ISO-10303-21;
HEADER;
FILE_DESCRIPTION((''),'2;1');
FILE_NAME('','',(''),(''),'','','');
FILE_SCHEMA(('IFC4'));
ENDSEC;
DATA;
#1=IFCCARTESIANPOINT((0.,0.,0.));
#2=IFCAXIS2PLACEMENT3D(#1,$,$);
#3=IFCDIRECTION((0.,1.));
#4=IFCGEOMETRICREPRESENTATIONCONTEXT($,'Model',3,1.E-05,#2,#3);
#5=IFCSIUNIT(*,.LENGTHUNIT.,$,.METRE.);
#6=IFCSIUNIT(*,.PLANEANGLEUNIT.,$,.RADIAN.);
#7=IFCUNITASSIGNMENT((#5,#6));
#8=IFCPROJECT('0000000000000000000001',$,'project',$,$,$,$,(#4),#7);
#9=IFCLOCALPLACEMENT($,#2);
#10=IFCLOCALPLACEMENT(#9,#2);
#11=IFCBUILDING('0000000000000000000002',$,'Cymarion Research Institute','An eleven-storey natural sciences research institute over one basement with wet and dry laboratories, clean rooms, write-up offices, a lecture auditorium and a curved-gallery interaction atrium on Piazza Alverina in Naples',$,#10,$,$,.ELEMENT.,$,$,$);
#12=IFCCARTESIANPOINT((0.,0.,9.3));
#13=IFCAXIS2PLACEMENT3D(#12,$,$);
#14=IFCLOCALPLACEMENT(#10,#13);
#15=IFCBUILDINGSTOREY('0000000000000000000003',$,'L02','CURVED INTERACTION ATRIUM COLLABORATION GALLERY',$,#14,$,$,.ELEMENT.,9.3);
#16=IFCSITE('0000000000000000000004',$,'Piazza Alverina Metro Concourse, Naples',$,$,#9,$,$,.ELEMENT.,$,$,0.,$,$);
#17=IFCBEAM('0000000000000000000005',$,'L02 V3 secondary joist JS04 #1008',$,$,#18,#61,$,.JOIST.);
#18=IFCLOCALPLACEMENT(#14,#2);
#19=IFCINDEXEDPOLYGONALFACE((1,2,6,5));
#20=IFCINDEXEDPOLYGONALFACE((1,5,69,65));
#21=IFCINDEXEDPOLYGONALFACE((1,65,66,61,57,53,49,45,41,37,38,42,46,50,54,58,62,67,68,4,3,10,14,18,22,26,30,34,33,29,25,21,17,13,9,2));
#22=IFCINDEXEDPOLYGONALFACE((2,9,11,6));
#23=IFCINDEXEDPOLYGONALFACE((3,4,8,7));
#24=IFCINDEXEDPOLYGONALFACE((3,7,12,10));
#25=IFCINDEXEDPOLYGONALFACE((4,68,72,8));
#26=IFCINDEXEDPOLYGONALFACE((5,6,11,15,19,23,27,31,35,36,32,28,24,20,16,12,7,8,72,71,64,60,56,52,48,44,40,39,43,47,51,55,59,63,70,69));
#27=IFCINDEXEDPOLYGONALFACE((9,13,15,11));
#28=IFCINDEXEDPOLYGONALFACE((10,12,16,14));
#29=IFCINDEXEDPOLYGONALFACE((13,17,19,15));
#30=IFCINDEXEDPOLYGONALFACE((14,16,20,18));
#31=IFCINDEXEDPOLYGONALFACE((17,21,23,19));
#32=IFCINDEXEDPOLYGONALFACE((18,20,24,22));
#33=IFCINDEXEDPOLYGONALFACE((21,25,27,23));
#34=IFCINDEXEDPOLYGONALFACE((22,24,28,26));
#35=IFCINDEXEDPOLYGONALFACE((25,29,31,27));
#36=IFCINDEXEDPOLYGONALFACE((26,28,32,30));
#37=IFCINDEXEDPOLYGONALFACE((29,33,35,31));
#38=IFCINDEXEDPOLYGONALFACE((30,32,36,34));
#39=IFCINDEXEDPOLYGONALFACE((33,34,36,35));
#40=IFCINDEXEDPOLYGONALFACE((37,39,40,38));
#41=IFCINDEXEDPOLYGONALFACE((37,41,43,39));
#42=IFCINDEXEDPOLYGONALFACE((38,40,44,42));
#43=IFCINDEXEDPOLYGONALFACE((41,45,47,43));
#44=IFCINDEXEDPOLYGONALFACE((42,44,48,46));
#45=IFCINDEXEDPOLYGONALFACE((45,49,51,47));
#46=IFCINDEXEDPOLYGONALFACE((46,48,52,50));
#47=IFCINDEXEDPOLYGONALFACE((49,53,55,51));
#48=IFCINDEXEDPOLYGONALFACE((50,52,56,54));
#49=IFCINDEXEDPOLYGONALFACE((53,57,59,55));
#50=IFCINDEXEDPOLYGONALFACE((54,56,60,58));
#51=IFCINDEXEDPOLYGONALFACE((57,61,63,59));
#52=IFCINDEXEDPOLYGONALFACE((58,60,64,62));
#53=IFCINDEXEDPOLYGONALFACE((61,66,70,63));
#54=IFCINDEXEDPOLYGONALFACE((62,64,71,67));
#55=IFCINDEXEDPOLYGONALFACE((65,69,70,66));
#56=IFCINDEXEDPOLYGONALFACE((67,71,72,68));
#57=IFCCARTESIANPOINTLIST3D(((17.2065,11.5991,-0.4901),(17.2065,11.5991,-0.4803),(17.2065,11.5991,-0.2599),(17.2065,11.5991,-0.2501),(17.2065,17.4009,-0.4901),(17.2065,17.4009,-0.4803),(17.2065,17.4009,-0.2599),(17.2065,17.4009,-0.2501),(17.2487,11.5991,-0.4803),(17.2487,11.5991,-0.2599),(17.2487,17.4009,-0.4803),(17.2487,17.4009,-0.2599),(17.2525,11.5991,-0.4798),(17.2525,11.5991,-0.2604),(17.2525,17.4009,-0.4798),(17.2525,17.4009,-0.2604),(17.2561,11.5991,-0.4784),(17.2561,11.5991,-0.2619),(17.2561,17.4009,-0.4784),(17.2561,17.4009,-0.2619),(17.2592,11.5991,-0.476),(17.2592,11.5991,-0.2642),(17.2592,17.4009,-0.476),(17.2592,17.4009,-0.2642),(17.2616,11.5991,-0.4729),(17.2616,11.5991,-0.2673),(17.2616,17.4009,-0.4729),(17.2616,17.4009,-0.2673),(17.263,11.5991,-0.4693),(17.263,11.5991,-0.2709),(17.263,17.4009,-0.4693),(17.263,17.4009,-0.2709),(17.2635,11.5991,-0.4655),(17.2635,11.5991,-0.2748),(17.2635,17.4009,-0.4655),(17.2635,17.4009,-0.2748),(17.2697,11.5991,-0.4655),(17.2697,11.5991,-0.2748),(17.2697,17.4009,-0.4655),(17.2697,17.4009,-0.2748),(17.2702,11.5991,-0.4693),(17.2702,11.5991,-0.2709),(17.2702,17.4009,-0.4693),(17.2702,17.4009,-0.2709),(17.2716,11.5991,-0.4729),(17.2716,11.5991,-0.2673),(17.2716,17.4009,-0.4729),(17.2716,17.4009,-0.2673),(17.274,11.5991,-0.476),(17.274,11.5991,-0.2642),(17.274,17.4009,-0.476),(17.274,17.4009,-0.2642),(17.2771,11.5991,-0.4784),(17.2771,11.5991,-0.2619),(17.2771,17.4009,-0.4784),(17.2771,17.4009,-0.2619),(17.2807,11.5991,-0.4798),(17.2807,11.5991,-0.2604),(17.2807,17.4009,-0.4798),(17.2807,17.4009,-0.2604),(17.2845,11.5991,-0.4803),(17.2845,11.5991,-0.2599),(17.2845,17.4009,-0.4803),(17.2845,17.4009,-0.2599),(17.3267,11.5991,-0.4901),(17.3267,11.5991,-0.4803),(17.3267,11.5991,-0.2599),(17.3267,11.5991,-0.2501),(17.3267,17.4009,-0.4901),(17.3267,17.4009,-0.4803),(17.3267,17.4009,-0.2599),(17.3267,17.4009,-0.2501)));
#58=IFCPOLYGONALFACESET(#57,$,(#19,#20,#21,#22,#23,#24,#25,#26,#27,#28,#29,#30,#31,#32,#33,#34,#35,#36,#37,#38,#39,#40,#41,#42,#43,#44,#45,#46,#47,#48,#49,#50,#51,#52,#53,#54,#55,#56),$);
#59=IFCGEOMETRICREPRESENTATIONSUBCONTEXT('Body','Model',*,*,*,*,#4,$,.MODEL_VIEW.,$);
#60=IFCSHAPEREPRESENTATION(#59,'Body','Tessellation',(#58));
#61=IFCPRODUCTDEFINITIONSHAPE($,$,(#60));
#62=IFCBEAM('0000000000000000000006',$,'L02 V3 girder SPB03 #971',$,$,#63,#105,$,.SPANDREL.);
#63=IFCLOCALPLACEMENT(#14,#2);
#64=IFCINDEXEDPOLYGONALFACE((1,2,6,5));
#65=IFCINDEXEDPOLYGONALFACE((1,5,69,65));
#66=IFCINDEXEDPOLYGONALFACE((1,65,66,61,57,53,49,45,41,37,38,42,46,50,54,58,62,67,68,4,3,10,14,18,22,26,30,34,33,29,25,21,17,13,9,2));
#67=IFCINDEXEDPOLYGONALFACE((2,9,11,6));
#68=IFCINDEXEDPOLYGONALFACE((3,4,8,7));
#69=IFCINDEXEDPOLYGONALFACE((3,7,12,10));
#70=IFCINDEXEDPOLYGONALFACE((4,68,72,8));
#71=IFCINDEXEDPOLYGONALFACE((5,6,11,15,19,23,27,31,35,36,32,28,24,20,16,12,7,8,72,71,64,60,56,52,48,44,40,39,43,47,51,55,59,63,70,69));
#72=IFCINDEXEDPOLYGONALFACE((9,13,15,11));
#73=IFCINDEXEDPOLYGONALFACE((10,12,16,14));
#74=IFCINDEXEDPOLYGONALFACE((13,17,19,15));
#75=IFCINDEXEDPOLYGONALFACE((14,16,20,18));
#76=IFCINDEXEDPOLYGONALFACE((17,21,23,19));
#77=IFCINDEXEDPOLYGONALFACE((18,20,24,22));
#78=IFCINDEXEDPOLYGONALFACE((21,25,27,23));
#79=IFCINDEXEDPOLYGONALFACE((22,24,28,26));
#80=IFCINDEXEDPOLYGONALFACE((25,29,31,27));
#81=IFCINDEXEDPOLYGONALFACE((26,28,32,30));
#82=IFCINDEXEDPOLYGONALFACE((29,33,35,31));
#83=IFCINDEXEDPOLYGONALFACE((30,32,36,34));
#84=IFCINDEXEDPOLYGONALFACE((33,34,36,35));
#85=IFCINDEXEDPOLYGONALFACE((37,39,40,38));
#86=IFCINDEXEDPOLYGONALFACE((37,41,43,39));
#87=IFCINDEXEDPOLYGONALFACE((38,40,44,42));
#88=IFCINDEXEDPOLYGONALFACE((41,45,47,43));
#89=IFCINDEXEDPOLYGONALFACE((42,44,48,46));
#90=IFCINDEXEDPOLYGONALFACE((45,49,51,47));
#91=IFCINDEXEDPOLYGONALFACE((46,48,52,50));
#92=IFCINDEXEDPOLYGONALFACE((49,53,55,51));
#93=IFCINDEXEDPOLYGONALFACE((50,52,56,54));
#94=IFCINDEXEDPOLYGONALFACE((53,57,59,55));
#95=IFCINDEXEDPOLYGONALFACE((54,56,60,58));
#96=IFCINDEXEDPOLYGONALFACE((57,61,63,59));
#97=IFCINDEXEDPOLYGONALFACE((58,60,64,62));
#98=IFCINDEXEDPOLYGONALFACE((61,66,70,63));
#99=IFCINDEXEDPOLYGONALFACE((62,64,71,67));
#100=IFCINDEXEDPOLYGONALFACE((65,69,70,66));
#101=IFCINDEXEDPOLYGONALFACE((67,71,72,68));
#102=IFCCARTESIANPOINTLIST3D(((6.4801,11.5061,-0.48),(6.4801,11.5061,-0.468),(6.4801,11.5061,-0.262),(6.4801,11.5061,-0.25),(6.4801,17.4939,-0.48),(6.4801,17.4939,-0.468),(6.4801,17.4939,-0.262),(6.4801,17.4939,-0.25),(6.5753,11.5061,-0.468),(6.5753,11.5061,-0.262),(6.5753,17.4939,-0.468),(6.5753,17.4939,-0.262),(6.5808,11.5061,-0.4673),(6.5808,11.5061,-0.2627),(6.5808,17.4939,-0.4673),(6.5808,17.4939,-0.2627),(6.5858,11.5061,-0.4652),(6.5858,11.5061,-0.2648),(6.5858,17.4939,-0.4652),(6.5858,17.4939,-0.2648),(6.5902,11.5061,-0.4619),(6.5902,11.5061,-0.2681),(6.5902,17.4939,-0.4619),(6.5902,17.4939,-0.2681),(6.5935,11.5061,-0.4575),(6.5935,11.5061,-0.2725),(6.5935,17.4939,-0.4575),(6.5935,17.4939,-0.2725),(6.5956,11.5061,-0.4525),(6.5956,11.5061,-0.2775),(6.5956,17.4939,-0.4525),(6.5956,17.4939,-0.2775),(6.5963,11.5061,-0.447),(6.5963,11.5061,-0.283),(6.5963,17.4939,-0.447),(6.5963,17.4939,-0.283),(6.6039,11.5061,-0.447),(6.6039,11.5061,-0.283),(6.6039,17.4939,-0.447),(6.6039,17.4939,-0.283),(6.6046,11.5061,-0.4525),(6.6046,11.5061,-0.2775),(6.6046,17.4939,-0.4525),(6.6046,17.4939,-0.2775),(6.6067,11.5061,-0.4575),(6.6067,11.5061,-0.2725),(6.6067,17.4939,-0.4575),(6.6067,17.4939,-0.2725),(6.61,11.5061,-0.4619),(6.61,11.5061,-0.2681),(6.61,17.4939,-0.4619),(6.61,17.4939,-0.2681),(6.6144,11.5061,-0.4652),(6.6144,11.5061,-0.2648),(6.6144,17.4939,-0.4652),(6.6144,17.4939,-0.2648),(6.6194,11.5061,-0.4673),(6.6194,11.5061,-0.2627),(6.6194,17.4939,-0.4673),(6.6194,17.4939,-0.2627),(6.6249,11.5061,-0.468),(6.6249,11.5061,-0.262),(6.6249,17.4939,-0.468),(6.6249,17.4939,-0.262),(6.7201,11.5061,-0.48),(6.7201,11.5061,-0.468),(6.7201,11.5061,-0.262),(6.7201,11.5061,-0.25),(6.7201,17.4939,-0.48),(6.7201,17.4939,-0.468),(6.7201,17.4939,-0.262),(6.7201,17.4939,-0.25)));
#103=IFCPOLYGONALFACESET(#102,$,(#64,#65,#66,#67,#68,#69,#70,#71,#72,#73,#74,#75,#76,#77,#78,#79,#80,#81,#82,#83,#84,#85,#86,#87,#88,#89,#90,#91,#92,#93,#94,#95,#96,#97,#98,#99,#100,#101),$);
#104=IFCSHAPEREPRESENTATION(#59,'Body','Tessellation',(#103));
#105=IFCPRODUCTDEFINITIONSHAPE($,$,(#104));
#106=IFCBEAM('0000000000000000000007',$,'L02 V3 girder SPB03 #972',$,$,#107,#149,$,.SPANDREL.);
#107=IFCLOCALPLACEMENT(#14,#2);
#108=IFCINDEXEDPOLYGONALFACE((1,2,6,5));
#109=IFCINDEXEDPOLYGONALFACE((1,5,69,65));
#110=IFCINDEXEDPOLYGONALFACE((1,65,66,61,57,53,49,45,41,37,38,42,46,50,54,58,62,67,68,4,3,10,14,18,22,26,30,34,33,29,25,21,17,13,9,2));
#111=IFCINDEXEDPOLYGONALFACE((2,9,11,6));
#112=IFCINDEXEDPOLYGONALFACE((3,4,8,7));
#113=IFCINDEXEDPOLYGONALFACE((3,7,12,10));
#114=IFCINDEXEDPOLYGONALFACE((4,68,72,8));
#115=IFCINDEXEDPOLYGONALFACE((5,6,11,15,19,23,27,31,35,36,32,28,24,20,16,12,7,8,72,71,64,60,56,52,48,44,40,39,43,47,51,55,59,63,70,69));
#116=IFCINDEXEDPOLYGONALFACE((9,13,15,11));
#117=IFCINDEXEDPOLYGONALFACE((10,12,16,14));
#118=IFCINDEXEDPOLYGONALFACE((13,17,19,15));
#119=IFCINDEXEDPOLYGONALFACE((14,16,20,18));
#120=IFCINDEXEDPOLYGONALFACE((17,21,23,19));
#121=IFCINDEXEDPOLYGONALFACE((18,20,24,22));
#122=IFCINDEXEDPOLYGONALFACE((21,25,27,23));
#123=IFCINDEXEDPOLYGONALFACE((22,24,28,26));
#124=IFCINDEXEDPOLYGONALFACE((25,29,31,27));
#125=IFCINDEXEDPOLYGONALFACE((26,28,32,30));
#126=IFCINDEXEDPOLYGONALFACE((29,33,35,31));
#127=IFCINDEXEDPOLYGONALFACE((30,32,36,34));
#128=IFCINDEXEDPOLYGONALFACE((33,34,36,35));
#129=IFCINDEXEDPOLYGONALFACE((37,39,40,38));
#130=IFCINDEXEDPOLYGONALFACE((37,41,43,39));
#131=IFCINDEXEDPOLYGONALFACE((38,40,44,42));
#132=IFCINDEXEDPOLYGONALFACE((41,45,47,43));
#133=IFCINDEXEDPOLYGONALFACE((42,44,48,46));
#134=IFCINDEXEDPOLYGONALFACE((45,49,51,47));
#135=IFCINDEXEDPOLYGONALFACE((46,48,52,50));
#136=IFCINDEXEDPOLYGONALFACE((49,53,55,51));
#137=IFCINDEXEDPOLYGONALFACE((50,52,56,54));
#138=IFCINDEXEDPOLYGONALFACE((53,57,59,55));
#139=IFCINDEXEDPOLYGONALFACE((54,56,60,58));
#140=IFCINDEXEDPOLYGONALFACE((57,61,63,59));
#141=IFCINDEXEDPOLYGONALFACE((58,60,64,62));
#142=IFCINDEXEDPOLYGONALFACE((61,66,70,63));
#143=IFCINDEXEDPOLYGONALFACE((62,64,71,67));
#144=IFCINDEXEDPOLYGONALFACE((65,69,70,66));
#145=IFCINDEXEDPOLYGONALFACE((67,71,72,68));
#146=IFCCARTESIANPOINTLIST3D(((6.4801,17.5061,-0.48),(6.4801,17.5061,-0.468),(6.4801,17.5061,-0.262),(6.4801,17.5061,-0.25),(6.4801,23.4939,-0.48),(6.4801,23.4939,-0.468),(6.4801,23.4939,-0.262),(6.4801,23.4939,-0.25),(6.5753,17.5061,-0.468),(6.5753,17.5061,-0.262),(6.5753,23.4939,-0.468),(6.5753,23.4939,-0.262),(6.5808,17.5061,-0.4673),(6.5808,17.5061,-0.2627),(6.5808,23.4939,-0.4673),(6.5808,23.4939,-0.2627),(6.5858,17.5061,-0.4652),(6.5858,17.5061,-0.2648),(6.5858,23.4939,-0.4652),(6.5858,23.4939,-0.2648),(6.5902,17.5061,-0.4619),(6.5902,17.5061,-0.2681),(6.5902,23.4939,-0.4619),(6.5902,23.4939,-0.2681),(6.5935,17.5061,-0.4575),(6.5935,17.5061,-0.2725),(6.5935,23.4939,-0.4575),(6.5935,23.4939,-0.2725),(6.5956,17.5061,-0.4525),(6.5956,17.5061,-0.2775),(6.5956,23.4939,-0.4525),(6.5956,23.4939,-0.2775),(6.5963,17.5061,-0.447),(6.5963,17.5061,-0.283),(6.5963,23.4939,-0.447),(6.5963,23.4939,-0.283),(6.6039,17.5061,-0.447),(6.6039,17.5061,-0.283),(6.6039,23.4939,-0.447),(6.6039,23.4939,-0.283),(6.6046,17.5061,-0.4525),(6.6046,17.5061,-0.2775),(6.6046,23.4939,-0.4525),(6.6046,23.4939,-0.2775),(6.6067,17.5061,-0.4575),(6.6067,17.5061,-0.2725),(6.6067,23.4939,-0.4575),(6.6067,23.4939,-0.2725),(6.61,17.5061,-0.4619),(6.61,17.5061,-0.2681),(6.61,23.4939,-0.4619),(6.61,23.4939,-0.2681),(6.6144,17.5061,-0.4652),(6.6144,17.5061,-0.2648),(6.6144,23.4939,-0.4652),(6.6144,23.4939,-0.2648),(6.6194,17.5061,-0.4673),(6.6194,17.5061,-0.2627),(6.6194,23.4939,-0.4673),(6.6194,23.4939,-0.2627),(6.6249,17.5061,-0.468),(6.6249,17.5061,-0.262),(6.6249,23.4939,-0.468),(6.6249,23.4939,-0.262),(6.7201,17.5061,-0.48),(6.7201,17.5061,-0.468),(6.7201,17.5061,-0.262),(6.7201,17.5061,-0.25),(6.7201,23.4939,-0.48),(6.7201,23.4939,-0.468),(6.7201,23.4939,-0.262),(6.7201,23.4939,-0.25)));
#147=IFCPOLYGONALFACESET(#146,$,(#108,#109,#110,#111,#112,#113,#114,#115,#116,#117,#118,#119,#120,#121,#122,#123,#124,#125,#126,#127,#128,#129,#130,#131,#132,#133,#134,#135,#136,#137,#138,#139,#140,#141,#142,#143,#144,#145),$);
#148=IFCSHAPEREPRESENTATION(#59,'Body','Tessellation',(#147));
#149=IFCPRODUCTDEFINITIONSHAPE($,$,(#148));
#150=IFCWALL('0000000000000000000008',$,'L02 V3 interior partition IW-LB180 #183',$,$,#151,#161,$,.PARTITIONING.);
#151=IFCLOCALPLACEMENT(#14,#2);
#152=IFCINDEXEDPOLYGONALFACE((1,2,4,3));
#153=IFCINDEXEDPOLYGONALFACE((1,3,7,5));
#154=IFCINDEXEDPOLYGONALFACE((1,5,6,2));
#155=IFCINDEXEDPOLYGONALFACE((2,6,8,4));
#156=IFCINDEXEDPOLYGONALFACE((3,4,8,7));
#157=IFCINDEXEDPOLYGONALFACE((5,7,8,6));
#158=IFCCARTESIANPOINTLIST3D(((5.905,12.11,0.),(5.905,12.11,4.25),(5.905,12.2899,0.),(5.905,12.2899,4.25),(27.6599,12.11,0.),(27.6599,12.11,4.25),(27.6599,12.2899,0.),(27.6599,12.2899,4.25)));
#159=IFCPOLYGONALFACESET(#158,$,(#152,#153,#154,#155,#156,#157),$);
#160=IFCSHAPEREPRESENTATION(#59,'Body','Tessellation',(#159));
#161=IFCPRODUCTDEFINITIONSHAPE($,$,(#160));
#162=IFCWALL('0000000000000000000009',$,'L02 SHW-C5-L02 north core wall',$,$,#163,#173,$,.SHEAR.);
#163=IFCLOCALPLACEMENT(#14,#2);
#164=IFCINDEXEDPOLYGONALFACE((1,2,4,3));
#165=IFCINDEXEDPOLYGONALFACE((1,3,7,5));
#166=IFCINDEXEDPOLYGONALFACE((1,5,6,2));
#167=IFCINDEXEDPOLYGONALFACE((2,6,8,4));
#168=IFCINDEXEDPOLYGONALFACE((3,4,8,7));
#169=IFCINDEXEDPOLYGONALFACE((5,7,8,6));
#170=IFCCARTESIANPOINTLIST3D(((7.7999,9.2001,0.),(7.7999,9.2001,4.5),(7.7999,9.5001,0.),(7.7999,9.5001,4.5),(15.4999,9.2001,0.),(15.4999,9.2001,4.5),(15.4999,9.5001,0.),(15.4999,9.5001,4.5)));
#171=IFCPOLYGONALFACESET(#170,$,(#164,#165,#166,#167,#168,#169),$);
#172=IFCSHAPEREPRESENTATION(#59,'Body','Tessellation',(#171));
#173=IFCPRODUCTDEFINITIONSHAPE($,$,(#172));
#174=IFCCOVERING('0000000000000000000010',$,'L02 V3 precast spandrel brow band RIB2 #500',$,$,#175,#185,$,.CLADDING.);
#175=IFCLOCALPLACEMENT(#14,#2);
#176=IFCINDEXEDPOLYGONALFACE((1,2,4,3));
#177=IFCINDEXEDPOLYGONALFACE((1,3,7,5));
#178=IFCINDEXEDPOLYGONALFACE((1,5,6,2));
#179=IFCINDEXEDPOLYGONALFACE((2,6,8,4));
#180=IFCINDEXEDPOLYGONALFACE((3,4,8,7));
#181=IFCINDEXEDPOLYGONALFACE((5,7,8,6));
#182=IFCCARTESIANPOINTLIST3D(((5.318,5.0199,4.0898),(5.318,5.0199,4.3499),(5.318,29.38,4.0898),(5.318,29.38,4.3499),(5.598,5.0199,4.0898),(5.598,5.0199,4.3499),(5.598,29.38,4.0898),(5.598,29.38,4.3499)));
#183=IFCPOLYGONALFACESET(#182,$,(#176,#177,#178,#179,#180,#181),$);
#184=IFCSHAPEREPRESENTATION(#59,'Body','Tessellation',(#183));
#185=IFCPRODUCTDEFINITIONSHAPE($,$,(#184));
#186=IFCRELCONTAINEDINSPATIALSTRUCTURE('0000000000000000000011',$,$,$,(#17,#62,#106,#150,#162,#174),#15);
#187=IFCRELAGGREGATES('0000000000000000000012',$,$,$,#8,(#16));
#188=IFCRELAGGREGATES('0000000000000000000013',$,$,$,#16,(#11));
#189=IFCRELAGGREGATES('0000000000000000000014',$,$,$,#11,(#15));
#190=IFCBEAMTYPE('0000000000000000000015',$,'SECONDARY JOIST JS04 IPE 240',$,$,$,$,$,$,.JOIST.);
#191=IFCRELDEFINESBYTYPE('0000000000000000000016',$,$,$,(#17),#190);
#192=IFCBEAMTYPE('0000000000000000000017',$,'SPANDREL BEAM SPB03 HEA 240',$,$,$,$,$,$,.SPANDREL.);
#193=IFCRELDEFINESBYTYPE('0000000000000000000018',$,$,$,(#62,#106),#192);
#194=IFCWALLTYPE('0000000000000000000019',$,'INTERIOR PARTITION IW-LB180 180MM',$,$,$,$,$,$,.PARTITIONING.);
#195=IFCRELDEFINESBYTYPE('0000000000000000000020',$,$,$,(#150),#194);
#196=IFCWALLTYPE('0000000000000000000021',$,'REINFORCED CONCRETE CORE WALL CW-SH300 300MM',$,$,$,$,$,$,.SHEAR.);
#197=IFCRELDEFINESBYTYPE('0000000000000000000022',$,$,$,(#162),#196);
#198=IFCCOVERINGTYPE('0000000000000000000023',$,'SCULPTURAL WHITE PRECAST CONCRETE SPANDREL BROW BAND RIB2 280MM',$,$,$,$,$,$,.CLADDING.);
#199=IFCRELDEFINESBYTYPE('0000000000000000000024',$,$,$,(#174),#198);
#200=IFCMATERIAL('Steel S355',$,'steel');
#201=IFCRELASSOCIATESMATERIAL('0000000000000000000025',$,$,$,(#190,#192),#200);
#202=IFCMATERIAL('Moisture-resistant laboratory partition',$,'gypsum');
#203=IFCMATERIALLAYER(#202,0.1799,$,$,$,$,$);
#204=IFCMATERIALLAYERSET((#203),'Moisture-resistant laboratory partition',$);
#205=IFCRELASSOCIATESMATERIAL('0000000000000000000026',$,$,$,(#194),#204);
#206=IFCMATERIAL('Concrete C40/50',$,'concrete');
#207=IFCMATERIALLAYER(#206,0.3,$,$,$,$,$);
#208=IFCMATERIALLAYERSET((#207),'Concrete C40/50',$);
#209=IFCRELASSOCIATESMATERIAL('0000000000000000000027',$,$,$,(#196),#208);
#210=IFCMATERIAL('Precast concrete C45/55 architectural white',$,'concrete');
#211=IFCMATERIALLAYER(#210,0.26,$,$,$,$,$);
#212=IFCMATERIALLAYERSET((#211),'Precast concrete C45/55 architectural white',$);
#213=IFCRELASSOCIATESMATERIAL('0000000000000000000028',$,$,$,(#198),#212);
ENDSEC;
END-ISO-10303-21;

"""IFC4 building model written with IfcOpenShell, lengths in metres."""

from ifc_helpers import new_model, si_unit, direction, frame, frame_2d, origin, origin_2d, place, context, subcontext, project, spatial, rectangle, i_section, extrude, material, layer, layer_set, material_profile, profile_set, type_object, element, save


model = new_model("IFC4")

# Units and contexts
model_context = context("Model", 3, precision=1e-05, world=origin(), true_north=direction((0.0, 1.0)))
body_context = subcontext(model_context, "Body", "Model", "MODEL_VIEW")
ifc_project = project(units=[si_unit("LENGTHUNIT", "METRE"), si_unit("PLANEANGLEUNIT", "RADIAN")], contexts=[model_context])

# Site, building, storey
site_placement = place(None, origin())
site = spatial("IfcSite", under=ifc_project, at=site_placement, Name="Piazza Alverina Metro Concourse, Naples", CompositionType="ELEMENT", RefElevation=0.0)
building_placement = place(site_placement, origin())
building = spatial("IfcBuilding", under=site, at=building_placement, Name="Cymarion Research Institute", Description="An eleven-storey natural sciences research institute over one basement with wet and dry laboratories, clean rooms, write-up offices, a lecture auditorium and a curved-gallery interaction atrium on Piazza Alverina in Naples", CompositionType="ELEMENT")
storey_placement = place(building_placement, frame((0.0, 0.0, 9.3)))
storey = spatial("IfcBuildingStorey", under=building, at=storey_placement, Name="L02", Description="CURVED INTERACTION ATRIUM COLLABORATION GALLERY", CompositionType="ELEMENT", Elevation=9.3)

# Shared definitions
ifc_material_1 = material(Name="Concrete C40/50", Category="concrete")
ifc_material_2 = material(Name="Steel S355", Category="steel")

# Beams
ifc_material_profile_1 = material_profile(ifc_material_2, i_section(OverallWidth=0.1201, OverallDepth=0.24, WebThickness=0.0061, FlangeThickness=0.0098, FilletRadius=0.0149, at=origin_2d()), Name="IPE 240")
ifc_profile_set_1 = profile_set([ifc_material_profile_1], Name="Steel S355")
beam_type_1 = type_object("IfcBeamType", Name="SECONDARY JOIST JS04 IPE 240", PredefinedType="JOIST", material=ifc_profile_set_1)
for number, where, z_axis, x_axis, name in (
    (1, (17.2666, 11.5991, -0.3701), (0.0, 1.0, 0.0), (-1.0, 0.0, 0.0), "L02 V3 secondary joist JS04 #1008"),
):
    element("IfcBeam", number, at=place(storey_placement, frame(where, z_axis=z_axis, x_axis=x_axis)), inside=storey, type_object=beam_type_1, Name=name, PredefinedType="JOIST", context=body_context, shape_type="SweptSolid", body=[
        extrude(i_section(OverallWidth=0.1201, OverallDepth=0.24, WebThickness=0.0061, FlangeThickness=0.0098, FilletRadius=0.0149, at=origin_2d()), origin(), (0.0, 0.0, 1.0), 5.8018),
    ])
ifc_material_profile_2 = material_profile(ifc_material_2, i_section(OverallWidth=0.24, OverallDepth=0.23, WebThickness=0.0076, FlangeThickness=0.012, FilletRadius=0.021, at=origin_2d()), Name="HEA 240")
ifc_profile_set_2 = profile_set([ifc_material_profile_2], Name="Steel S355")
beam_type_2 = type_object("IfcBeamType", Name="SPANDREL BEAM SPB03 HEA 240", PredefinedType="SPANDREL", material=ifc_profile_set_2)
for number, where, z_axis, x_axis, name in (
    (2, (6.6001, 11.5061, -0.365), (0.0, 1.0, 0.0), (-1.0, 0.0, 0.0), "L02 V3 girder SPB03 #971"),
    (3, (6.6001, 17.5061, -0.365), (0.0, 1.0, 0.0), (-1.0, 0.0, 0.0), "L02 V3 girder SPB03 #972"),
):
    element("IfcBeam", number, at=place(storey_placement, frame(where, z_axis=z_axis, x_axis=x_axis)), inside=storey, type_object=beam_type_2, Name=name, PredefinedType="SPANDREL", context=body_context, shape_type="SweptSolid", body=[
        extrude(i_section(OverallWidth=0.24, OverallDepth=0.23, WebThickness=0.0076, FlangeThickness=0.012, FilletRadius=0.021, at=origin_2d()), origin(), (0.0, 0.0, 1.0), 5.9878),
    ])

# Walls
ifc_material_3 = material(Name="Moisture-resistant laboratory partition", Category="gypsum")
ifc_layer_1 = layer(ifc_material_3, 0.1799)
ifc_layer_set_1 = layer_set([ifc_layer_1], Name="Moisture-resistant laboratory partition")
wall_type_1 = type_object("IfcWallType", Name="INTERIOR PARTITION IW-LB180 180MM", PredefinedType="PARTITIONING", material=ifc_layer_set_1)
wall_1_placement = place(storey_placement, frame((5.905, 12.2, 0.0), z_axis=(0.0, 0.0, 1.0), x_axis=(1.0, 0.0, 0.0)))
element("IfcWall", 4, at=wall_1_placement, inside=storey, type_object=wall_type_1, Name="L02 V3 interior partition IW-LB180 #183", PredefinedType="PARTITIONING", context=body_context, shape_type="SweptSolid", body=[
    extrude(rectangle(XDim=21.7549, YDim=0.1799, at=frame_2d((10.8774, 0.0))), origin(), (0.0, 0.0, 1.0), 4.25),
])
ifc_layer_2 = layer(ifc_material_1, 0.3)
ifc_layer_set_2 = layer_set([ifc_layer_2], Name="Concrete C40/50")
wall_type_2 = type_object("IfcWallType", Name="REINFORCED CONCRETE CORE WALL CW-SH300 300MM", PredefinedType="SHEAR", material=ifc_layer_set_2)
wall_2_placement = place(storey_placement, frame((15.5, 9.3501, 0.0), z_axis=(0.0, 0.0, 1.0), x_axis=(-1.0, 0.0, 0.0)))
element("IfcWall", 5, at=wall_2_placement, inside=storey, type_object=wall_type_2, Name="L02 SHW-C5-L02 north core wall", PredefinedType="SHEAR", context=body_context, shape_type="SweptSolid", body=[
    extrude(rectangle(XDim=7.7, YDim=0.3, at=frame_2d((3.8501, 0.0))), origin(), (0.0, 0.0, 1.0), 4.5),
])

# Covering
ifc_material_4 = material(Name="Precast concrete C45/55 architectural white", Category="concrete")
ifc_layer_3 = layer(ifc_material_4, 0.26)
ifc_layer_set_3 = layer_set([ifc_layer_3], Name="Precast concrete C45/55 architectural white")
covering_type_1 = type_object("IfcCoveringType", Name="SCULPTURAL WHITE PRECAST CONCRETE SPANDREL BROW BAND RIB2 280MM", PredefinedType="CLADDING", material=ifc_layer_set_3)
covering_placement = place(storey_placement, frame((5.458, 17.2, 4.0898), z_axis=(0.0, 0.0, 1.0), x_axis=(-1.0, 0.0, 0.0)))
element("IfcCovering", 6, at=covering_placement, inside=storey, type_object=covering_type_1, Name="L02 V3 precast spandrel brow band RIB2 #500", PredefinedType="CLADDING", context=body_context, shape_type="SweptSolid", body=[
    extrude(rectangle(XDim=0.28, YDim=24.3601, at=origin_2d()), origin(), (0.0, 0.0, 1.0), 0.26),
])

save(model, "model.ifc")
